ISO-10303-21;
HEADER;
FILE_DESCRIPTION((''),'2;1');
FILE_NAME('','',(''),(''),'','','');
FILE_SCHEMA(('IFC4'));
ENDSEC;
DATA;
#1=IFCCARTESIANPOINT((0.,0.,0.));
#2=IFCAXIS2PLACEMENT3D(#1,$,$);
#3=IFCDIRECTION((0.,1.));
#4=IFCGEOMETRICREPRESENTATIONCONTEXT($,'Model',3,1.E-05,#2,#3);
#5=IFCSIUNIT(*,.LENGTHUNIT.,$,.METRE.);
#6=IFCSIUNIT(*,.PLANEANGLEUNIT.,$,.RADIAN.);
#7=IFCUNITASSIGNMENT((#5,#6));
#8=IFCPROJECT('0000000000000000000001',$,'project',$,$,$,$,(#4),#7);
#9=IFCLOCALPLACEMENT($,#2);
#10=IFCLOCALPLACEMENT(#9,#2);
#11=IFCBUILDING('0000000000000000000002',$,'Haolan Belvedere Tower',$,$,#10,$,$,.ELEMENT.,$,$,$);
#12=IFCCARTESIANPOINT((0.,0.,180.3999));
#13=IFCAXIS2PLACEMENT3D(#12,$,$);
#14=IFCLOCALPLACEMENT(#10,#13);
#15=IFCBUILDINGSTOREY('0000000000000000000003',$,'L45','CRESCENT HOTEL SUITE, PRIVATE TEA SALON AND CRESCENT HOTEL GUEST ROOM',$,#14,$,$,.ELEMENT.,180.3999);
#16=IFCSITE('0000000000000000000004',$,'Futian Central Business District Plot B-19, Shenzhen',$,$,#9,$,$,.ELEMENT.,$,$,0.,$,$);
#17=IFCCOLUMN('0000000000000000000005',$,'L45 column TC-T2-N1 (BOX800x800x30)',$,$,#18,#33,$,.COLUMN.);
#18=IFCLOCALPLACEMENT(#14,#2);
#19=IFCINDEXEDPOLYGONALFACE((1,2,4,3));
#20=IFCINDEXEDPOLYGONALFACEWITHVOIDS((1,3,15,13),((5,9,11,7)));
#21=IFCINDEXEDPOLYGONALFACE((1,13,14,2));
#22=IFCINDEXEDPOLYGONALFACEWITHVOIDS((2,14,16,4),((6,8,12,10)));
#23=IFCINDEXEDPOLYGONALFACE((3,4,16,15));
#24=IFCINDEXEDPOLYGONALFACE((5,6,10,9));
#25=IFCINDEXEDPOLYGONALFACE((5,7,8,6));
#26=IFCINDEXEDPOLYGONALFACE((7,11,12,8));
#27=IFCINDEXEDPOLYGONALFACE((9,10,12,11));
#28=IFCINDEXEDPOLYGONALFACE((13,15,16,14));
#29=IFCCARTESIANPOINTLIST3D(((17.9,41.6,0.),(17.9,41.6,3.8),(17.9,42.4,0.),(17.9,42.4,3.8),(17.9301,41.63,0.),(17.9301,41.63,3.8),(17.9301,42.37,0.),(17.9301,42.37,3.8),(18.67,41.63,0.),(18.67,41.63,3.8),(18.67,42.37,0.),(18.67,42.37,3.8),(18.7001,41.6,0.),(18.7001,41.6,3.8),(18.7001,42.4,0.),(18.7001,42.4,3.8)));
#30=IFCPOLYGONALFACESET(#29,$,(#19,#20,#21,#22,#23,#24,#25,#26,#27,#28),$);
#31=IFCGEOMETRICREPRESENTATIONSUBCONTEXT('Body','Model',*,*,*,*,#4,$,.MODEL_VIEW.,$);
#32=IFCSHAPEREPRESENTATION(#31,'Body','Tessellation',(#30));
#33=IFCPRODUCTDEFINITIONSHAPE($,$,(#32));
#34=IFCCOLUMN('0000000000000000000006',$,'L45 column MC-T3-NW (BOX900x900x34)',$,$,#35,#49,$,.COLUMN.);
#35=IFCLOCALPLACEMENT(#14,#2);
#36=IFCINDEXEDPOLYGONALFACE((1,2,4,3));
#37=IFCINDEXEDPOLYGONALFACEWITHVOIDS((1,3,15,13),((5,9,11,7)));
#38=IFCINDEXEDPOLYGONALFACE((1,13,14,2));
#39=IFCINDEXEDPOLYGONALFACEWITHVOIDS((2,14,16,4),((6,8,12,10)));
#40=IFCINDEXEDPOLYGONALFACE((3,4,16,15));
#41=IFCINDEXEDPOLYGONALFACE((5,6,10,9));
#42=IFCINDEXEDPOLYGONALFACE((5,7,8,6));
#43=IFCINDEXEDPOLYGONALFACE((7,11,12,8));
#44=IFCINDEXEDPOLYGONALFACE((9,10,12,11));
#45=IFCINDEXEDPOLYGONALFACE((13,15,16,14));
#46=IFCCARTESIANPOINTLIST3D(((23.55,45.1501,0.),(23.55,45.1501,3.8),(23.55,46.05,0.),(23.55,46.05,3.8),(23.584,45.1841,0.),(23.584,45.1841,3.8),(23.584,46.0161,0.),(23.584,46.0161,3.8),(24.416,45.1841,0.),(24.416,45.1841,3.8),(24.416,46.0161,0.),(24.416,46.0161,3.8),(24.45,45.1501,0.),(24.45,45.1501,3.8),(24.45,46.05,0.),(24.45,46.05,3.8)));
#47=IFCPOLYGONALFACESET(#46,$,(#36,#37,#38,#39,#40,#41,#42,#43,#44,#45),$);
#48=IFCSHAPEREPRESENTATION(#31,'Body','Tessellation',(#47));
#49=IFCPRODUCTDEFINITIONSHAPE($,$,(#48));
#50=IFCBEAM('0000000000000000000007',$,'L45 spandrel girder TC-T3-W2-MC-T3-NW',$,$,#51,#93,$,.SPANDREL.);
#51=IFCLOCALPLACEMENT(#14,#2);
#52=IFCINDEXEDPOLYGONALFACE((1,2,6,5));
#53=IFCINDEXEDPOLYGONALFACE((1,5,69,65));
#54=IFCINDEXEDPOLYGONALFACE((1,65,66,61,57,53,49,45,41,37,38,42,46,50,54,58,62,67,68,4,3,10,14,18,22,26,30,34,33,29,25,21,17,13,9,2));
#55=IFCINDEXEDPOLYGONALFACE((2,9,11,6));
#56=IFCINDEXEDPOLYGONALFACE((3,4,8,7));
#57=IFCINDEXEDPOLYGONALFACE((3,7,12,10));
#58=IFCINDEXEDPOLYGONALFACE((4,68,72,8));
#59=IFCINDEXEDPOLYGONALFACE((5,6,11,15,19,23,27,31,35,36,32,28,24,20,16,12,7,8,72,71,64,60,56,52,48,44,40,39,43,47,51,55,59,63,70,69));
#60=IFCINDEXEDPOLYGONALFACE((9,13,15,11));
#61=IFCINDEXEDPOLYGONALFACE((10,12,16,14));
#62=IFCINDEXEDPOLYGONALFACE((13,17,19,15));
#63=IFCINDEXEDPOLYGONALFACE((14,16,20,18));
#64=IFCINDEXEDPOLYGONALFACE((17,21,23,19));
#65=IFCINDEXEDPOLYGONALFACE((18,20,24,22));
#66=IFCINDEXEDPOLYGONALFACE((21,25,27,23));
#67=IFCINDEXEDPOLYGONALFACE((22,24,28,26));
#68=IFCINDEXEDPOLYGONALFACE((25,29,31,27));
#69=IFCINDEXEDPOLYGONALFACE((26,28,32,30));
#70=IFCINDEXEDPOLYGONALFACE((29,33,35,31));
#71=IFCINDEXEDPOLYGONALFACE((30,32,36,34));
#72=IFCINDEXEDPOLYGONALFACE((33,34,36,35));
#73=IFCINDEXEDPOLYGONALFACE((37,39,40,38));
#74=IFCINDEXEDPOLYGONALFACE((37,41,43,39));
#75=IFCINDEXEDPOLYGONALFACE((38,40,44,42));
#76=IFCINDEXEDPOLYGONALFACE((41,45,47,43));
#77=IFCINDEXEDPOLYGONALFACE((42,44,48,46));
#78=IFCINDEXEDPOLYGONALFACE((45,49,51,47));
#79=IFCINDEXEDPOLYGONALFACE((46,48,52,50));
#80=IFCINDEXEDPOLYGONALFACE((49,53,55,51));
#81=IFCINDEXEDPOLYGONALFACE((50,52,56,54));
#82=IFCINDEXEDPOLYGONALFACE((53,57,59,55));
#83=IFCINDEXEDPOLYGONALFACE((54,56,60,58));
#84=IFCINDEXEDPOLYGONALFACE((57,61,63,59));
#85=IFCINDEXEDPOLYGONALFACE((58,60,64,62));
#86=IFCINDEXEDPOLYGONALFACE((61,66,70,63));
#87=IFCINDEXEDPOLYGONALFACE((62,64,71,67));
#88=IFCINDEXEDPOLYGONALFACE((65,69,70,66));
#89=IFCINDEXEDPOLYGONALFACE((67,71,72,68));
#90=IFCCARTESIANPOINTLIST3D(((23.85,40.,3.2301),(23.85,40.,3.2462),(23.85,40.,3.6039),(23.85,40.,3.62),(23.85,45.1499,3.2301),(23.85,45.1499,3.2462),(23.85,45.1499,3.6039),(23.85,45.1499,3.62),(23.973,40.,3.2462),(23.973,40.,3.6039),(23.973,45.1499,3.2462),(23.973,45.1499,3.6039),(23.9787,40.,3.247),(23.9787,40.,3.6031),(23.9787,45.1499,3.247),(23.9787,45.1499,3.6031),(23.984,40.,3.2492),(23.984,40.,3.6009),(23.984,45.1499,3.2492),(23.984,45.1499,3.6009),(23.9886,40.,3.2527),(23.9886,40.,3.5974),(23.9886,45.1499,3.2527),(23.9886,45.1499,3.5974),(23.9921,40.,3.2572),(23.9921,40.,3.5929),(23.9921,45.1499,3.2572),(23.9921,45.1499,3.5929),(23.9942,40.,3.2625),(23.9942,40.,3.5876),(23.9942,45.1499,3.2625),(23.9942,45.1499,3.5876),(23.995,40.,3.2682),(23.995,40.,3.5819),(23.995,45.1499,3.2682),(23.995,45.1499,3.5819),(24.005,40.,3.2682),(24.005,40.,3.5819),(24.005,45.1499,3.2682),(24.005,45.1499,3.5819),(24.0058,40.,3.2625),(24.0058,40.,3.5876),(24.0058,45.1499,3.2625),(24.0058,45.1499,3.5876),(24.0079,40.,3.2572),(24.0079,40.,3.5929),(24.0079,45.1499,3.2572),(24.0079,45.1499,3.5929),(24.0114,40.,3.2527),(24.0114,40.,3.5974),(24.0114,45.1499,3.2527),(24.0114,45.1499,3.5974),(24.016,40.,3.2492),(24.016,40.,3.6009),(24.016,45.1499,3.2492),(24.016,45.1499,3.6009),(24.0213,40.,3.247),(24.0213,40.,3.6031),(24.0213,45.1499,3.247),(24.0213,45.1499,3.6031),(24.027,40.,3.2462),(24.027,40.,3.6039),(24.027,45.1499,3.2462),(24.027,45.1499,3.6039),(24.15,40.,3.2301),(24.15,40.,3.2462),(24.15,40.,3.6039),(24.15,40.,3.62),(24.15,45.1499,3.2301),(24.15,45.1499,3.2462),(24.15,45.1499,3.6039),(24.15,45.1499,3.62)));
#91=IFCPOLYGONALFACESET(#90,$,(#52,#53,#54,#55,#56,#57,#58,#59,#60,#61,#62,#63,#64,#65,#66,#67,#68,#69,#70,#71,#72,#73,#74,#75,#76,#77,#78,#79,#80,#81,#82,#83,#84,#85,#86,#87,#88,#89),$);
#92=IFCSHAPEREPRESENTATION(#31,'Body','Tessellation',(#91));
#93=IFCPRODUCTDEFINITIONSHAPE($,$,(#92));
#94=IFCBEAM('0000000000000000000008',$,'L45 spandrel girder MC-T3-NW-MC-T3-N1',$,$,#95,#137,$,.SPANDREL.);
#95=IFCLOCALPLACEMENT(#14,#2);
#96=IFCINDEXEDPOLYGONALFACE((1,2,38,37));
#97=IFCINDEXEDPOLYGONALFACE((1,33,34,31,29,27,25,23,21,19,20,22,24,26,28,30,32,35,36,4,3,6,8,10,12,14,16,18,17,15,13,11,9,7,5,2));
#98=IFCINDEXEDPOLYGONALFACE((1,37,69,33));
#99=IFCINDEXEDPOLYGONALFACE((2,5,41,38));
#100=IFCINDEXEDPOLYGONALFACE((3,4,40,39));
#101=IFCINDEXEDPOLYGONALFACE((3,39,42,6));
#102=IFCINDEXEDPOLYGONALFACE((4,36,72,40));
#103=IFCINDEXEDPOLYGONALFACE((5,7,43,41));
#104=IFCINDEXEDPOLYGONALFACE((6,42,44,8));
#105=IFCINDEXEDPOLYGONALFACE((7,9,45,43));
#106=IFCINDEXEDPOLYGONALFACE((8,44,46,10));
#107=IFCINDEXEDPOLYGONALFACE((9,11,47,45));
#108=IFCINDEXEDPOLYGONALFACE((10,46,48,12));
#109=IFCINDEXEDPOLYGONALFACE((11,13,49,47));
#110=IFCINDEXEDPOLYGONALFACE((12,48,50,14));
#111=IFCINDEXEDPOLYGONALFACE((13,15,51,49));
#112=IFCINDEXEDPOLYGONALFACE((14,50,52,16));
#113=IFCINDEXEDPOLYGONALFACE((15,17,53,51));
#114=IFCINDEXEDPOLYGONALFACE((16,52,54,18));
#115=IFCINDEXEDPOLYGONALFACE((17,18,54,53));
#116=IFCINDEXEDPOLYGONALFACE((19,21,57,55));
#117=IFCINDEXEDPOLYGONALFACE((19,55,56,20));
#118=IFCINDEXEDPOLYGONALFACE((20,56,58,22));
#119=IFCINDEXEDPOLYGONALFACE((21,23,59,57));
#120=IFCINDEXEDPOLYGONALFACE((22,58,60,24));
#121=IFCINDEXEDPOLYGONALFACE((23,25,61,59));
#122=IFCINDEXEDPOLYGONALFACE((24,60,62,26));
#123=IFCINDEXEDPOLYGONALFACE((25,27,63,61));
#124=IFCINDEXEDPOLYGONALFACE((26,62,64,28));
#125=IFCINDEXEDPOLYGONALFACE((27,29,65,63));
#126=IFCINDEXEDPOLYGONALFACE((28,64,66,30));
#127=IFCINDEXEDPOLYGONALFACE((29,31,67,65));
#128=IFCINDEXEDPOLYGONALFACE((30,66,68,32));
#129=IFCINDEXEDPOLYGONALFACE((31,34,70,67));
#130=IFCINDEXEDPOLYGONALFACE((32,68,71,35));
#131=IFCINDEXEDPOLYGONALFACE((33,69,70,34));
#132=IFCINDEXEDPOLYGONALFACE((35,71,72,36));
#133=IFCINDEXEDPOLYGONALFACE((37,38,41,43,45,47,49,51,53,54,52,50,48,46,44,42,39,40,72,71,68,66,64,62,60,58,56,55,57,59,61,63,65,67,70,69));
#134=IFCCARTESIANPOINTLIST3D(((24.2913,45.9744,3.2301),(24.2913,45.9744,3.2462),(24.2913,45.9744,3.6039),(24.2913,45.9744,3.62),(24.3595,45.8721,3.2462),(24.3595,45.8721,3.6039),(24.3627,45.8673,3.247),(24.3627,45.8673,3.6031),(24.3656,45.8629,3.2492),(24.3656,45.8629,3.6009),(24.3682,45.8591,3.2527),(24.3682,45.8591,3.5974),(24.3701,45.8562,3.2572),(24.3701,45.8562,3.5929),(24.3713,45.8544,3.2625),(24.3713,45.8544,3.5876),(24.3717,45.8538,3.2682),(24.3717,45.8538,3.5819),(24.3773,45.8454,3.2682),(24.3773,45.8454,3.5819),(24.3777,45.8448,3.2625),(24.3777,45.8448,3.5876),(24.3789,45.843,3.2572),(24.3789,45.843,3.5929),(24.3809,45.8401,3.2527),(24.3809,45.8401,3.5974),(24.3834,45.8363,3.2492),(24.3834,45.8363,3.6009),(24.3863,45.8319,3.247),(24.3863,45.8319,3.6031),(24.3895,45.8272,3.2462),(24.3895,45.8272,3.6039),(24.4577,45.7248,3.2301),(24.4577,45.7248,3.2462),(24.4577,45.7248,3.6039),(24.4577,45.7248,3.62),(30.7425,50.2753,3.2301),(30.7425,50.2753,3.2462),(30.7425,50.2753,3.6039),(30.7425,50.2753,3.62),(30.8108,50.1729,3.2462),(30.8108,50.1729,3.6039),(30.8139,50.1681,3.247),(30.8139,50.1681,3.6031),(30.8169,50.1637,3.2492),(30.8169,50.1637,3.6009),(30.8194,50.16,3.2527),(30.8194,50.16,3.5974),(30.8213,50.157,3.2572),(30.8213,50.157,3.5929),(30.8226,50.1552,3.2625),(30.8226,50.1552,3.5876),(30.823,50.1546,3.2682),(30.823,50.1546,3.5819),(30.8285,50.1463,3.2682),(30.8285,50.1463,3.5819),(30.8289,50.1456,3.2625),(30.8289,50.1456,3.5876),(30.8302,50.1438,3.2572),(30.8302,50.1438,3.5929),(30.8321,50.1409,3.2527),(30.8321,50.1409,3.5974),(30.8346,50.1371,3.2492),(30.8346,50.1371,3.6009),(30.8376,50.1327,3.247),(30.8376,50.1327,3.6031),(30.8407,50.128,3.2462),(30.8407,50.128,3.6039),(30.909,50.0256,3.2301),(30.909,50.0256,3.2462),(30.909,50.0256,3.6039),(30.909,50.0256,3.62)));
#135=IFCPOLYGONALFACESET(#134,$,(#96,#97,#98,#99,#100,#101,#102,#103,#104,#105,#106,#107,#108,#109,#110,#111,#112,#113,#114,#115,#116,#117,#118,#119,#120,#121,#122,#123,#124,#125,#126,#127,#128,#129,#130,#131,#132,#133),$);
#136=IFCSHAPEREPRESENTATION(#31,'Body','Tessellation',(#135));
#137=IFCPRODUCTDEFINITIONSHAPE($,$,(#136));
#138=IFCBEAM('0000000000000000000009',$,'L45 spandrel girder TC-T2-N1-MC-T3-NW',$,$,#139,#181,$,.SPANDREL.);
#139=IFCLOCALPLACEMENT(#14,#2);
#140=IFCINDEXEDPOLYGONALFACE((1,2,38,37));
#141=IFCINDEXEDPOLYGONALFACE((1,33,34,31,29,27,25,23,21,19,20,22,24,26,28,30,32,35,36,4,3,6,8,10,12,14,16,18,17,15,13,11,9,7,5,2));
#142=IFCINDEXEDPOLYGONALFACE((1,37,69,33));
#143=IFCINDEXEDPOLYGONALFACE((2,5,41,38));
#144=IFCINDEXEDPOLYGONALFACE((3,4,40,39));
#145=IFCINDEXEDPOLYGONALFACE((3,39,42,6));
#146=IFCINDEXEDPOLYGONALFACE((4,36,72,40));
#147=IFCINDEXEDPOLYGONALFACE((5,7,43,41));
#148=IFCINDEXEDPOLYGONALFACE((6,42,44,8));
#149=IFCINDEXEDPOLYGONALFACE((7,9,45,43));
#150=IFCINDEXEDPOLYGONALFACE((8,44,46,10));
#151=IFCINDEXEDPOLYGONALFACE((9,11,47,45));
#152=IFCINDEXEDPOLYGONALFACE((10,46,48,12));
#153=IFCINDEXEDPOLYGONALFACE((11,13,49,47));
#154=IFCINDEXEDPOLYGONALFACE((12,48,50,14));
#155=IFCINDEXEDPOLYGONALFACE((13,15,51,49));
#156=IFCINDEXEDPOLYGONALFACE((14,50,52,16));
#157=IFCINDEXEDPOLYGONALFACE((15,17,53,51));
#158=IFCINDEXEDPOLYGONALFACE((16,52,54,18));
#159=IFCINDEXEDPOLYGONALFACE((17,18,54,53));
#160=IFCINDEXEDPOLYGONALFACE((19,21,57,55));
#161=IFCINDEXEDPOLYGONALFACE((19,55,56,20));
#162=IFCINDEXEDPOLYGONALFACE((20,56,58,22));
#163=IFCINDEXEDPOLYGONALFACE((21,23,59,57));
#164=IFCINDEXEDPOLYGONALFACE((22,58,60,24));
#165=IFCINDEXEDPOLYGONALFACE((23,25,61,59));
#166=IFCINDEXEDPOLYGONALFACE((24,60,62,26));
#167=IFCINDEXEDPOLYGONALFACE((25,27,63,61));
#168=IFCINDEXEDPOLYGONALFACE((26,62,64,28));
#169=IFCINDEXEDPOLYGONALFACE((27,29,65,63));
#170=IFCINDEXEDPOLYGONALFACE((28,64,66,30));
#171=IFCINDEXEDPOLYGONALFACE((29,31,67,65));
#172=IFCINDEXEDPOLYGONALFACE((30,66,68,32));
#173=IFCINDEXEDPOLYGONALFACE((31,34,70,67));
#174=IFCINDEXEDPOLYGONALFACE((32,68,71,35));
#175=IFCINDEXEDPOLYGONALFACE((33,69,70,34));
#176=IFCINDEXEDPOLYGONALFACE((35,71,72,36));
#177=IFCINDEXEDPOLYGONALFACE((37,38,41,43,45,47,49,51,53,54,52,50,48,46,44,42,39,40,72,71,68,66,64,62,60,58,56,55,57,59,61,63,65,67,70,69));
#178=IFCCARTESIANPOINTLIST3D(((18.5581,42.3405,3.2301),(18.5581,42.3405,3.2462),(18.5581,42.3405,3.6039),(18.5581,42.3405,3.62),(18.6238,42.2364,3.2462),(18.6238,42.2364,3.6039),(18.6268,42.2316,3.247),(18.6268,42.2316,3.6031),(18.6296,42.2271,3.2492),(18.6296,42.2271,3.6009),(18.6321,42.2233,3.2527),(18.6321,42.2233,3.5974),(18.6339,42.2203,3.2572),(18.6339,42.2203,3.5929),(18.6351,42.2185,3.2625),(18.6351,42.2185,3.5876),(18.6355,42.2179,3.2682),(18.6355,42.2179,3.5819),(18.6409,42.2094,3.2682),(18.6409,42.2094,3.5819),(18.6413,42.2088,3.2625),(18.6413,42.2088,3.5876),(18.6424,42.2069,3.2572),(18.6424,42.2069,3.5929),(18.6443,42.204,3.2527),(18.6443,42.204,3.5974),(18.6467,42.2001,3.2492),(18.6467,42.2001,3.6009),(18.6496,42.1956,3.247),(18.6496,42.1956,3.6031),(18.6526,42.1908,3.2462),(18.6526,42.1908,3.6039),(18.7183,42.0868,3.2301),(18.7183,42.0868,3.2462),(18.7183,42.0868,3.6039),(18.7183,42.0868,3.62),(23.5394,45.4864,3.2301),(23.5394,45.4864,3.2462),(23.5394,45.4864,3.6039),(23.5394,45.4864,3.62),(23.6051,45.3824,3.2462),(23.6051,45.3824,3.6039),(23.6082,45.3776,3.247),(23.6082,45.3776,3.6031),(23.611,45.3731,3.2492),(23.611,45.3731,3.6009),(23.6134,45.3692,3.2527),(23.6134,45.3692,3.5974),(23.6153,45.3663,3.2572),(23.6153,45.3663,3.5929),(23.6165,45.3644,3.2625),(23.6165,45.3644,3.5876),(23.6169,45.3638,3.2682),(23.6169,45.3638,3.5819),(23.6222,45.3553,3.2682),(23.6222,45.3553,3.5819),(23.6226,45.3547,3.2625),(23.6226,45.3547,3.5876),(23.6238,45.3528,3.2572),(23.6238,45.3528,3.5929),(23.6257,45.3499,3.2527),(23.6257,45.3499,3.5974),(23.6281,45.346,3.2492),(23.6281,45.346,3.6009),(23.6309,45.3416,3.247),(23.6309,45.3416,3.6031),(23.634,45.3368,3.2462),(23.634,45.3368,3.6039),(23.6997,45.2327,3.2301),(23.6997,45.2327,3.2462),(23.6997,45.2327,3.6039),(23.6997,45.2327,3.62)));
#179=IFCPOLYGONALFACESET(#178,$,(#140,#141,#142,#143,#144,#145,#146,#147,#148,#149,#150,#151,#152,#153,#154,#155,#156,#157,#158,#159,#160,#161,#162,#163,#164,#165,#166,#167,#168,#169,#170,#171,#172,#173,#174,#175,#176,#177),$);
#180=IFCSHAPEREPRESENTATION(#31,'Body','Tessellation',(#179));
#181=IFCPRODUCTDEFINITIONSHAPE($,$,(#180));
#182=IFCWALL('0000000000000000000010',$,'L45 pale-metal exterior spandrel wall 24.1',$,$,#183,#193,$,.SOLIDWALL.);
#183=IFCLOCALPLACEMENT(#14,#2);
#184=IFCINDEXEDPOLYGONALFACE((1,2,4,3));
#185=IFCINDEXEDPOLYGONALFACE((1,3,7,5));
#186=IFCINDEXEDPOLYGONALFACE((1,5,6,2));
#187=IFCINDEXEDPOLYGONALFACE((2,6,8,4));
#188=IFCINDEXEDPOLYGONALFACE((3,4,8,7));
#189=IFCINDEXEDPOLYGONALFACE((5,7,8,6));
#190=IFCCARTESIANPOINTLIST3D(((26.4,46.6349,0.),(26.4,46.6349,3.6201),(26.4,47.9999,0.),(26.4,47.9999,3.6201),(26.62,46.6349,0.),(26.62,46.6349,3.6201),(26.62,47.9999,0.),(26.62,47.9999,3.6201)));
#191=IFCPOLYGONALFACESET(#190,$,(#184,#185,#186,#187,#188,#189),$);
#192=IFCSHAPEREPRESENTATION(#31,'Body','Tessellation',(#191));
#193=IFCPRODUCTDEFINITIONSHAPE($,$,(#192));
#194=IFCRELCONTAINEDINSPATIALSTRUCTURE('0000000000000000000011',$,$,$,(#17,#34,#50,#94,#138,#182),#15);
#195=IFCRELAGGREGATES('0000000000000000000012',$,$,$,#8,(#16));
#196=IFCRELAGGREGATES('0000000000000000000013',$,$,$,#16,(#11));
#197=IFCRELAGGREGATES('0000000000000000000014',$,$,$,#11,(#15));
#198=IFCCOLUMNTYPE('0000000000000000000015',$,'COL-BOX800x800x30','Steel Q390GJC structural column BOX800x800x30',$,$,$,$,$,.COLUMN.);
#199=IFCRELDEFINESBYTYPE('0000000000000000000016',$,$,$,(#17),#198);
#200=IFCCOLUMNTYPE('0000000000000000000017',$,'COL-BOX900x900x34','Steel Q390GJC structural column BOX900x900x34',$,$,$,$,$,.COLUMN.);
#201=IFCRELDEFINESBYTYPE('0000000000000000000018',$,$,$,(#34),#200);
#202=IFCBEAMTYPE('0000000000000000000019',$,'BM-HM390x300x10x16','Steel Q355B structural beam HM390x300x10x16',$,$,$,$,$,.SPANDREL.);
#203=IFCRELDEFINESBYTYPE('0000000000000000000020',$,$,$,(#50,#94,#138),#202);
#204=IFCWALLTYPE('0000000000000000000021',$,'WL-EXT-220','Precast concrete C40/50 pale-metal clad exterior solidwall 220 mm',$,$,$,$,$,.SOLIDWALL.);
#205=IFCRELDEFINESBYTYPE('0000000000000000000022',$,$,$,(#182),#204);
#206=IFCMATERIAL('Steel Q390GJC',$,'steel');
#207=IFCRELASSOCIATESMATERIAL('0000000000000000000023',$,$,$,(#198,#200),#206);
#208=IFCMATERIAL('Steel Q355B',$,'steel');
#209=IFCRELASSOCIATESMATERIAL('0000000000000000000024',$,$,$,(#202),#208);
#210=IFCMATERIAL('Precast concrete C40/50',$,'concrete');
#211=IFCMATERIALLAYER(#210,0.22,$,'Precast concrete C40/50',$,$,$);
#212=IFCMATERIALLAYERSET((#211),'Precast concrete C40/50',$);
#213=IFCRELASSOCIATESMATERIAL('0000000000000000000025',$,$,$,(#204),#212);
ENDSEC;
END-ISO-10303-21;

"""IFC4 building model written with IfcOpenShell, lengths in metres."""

from ifc_helpers import new_model, si_unit, direction, frame, frame_2d, origin, origin_2d, place, context, subcontext, project, spatial, rectangle, hollow_rectangle, i_section, extrude, material, layer, layer_set, material_profile, profile_set, type_object, element, save


model = new_model("IFC4")

# Units and contexts
model_context = context("Model", 3, precision=1e-05, world=origin(), true_north=direction((0.0, 1.0)))
body_context = subcontext(model_context, "Body", "Model", "MODEL_VIEW")
ifc_project = project(units=[si_unit("LENGTHUNIT", "METRE"), si_unit("PLANEANGLEUNIT", "RADIAN")], contexts=[model_context])

# Site, building, storey
site_placement = place(None, origin())
site = spatial("IfcSite", under=ifc_project, at=site_placement, Name="Futian Central Business District Plot B-19, Shenzhen", CompositionType="ELEMENT", RefElevation=0.0)
building_placement = place(site_placement, origin())
building = spatial("IfcBuilding", under=site, at=building_placement, Name="Haolan Belvedere Tower", CompositionType="ELEMENT")
storey_placement = place(building_placement, frame((0.0, 0.0, 180.3999)))
storey = spatial("IfcBuildingStorey", under=building, at=storey_placement, Name="L45", Description="CRESCENT HOTEL SUITE, PRIVATE TEA SALON AND CRESCENT HOTEL GUEST ROOM", CompositionType="ELEMENT", Elevation=180.3999)

# Columns
ifc_material_1 = material(Name="Steel Q390GJC", Category="steel")
ifc_material_profile_1 = material_profile(ifc_material_1, hollow_rectangle(XDim=0.8, YDim=0.8, WallThickness=0.03, at=origin_2d()), Name="Steel Q390GJC")
ifc_profile_set_1 = profile_set([ifc_material_profile_1], Name="Steel Q390GJC")
column_type_1 = type_object("IfcColumnType", Name="COL-BOX800x800x30", Description="Steel Q390GJC structural column BOX800x800x30", PredefinedType="COLUMN", material=ifc_profile_set_1)
column_1_placement = place(storey_placement, frame((18.3, 42.0, 0.0), z_axis=(0.0, 0.0, 1.0), x_axis=(1.0, 0.0, 0.0)))
element("IfcColumn", 1, at=column_1_placement, inside=storey, type_object=column_type_1, Name="L45 column TC-T2-N1 (BOX800x800x30)", PredefinedType="COLUMN", context=body_context, shape_type="SweptSolid", body=[
    extrude(hollow_rectangle(XDim=0.8, YDim=0.8, WallThickness=0.03, at=origin_2d()), origin(), (0.0, 0.0, 1.0), 3.8),
])
ifc_material_profile_2 = material_profile(ifc_material_1, hollow_rectangle(XDim=0.8999, YDim=0.8999, WallThickness=0.0339, at=origin_2d()), Name="Steel Q390GJC")
ifc_profile_set_2 = profile_set([ifc_material_profile_2], Name="Steel Q390GJC")
column_type_2 = type_object("IfcColumnType", Name="COL-BOX900x900x34", Description="Steel Q390GJC structural column BOX900x900x34", PredefinedType="COLUMN", material=ifc_profile_set_2)
column_2_placement = place(storey_placement, frame((24.0, 45.6001, 0.0), z_axis=(0.0, 0.0, 1.0), x_axis=(1.0, 0.0, 0.0)))
element("IfcColumn", 2, at=column_2_placement, inside=storey, type_object=column_type_2, Name="L45 column MC-T3-NW (BOX900x900x34)", PredefinedType="COLUMN", context=body_context, shape_type="SweptSolid", body=[
    extrude(hollow_rectangle(XDim=0.8999, YDim=0.8999, WallThickness=0.0339, at=origin_2d()), origin(), (0.0, 0.0, 1.0), 3.8),
])

# Beams
ifc_material_2 = material(Name="Steel Q355B", Category="steel")
ifc_material_profile_3 = material_profile(ifc_material_2, i_section(OverallWidth=0.3, OverallDepth=0.3899, WebThickness=0.01, FlangeThickness=0.0161, FilletRadius=0.022, at=origin_2d()), Name="Steel Q355B")
ifc_profile_set_3 = profile_set([ifc_material_profile_3], Name="Steel Q355B")
beam_type = type_object("IfcBeamType", Name="BM-HM390x300x10x16", Description="Steel Q355B structural beam HM390x300x10x16", PredefinedType="SPANDREL", material=ifc_profile_set_3)
beam_1_placement = place(storey_placement, frame((24.0, 40.0, 3.425), z_axis=(0.0, 1.0, 0.0), x_axis=(-1.0, 0.0, 0.0)))
element("IfcBeam", 3, at=beam_1_placement, inside=storey, type_object=beam_type, Name="L45 spandrel girder TC-T3-W2-MC-T3-NW", PredefinedType="SPANDREL", context=body_context, shape_type="SweptSolid", body=[
    extrude(i_section(OverallWidth=0.3, OverallDepth=0.3899, WebThickness=0.01, FlangeThickness=0.0161, FilletRadius=0.022, at=origin_2d()), origin(), (0.0, 0.0, 1.0), 5.1499),
])
beam_2_placement = place(storey_placement, frame((24.3745, 45.8496, 3.425), z_axis=(0.83205, 0.5547, 0.0), x_axis=(-0.5547, 0.83205, 0.0)))
element("IfcBeam", 4, at=beam_2_placement, inside=storey, type_object=beam_type, Name="L45 spandrel girder MC-T3-NW-MC-T3-N1", PredefinedType="SPANDREL", context=body_context, shape_type="SweptSolid", body=[
    extrude(i_section(OverallWidth=0.3, OverallDepth=0.3899, WebThickness=0.01, FlangeThickness=0.0161, FilletRadius=0.022, at=origin_2d()), origin(), (0.0, 0.0, 1.0), 7.7534),
])
beam_3_placement = place(storey_placement, frame((18.6382, 42.2136, 3.425), z_axis=(0.845503, 0.533971, 0.0), x_axis=(-0.533971, 0.845503, 0.0)))
element("IfcBeam", 5, at=beam_3_placement, inside=storey, type_object=beam_type, Name="L45 spandrel girder TC-T2-N1-MC-T3-NW", PredefinedType="SPANDREL", context=body_context, shape_type="SweptSolid", body=[
    extrude(i_section(OverallWidth=0.3, OverallDepth=0.3899, WebThickness=0.01, FlangeThickness=0.0161, FilletRadius=0.022, at=origin_2d()), origin(), (0.0, 0.0, 1.0), 5.8916),
])

# Wall
ifc_material_3 = material(Name="Precast concrete C40/50", Category="concrete")
ifc_layer_1 = layer(ifc_material_3, 0.22, Name="Precast concrete C40/50")
ifc_layer_set_1 = layer_set([ifc_layer_1], Name="Precast concrete C40/50")
wall_type_1 = type_object("IfcWallType", Name="WL-EXT-220", Description="Precast concrete C40/50 pale-metal clad exterior solidwall 220 mm", PredefinedType="SOLIDWALL", material=ifc_layer_set_1)
wall_1_placement = place(storey_placement, frame((26.51, 48.0, 0.0), z_axis=(0.0, 0.0, 1.0), x_axis=(0.0, -1.0, 0.0)))
element("IfcWall", 6, at=wall_1_placement, inside=storey, type_object=wall_type_1, Name="L45 pale-metal exterior spandrel wall 24.1", PredefinedType="SOLIDWALL", context=body_context, shape_type="SweptSolid", body=[
    extrude(rectangle(XDim=1.365, YDim=0.22, at=frame_2d((0.6826, 0.0))), origin(), (0.0, 0.0, 1.0), 3.6201),
])

save(model, "model.ifc")
